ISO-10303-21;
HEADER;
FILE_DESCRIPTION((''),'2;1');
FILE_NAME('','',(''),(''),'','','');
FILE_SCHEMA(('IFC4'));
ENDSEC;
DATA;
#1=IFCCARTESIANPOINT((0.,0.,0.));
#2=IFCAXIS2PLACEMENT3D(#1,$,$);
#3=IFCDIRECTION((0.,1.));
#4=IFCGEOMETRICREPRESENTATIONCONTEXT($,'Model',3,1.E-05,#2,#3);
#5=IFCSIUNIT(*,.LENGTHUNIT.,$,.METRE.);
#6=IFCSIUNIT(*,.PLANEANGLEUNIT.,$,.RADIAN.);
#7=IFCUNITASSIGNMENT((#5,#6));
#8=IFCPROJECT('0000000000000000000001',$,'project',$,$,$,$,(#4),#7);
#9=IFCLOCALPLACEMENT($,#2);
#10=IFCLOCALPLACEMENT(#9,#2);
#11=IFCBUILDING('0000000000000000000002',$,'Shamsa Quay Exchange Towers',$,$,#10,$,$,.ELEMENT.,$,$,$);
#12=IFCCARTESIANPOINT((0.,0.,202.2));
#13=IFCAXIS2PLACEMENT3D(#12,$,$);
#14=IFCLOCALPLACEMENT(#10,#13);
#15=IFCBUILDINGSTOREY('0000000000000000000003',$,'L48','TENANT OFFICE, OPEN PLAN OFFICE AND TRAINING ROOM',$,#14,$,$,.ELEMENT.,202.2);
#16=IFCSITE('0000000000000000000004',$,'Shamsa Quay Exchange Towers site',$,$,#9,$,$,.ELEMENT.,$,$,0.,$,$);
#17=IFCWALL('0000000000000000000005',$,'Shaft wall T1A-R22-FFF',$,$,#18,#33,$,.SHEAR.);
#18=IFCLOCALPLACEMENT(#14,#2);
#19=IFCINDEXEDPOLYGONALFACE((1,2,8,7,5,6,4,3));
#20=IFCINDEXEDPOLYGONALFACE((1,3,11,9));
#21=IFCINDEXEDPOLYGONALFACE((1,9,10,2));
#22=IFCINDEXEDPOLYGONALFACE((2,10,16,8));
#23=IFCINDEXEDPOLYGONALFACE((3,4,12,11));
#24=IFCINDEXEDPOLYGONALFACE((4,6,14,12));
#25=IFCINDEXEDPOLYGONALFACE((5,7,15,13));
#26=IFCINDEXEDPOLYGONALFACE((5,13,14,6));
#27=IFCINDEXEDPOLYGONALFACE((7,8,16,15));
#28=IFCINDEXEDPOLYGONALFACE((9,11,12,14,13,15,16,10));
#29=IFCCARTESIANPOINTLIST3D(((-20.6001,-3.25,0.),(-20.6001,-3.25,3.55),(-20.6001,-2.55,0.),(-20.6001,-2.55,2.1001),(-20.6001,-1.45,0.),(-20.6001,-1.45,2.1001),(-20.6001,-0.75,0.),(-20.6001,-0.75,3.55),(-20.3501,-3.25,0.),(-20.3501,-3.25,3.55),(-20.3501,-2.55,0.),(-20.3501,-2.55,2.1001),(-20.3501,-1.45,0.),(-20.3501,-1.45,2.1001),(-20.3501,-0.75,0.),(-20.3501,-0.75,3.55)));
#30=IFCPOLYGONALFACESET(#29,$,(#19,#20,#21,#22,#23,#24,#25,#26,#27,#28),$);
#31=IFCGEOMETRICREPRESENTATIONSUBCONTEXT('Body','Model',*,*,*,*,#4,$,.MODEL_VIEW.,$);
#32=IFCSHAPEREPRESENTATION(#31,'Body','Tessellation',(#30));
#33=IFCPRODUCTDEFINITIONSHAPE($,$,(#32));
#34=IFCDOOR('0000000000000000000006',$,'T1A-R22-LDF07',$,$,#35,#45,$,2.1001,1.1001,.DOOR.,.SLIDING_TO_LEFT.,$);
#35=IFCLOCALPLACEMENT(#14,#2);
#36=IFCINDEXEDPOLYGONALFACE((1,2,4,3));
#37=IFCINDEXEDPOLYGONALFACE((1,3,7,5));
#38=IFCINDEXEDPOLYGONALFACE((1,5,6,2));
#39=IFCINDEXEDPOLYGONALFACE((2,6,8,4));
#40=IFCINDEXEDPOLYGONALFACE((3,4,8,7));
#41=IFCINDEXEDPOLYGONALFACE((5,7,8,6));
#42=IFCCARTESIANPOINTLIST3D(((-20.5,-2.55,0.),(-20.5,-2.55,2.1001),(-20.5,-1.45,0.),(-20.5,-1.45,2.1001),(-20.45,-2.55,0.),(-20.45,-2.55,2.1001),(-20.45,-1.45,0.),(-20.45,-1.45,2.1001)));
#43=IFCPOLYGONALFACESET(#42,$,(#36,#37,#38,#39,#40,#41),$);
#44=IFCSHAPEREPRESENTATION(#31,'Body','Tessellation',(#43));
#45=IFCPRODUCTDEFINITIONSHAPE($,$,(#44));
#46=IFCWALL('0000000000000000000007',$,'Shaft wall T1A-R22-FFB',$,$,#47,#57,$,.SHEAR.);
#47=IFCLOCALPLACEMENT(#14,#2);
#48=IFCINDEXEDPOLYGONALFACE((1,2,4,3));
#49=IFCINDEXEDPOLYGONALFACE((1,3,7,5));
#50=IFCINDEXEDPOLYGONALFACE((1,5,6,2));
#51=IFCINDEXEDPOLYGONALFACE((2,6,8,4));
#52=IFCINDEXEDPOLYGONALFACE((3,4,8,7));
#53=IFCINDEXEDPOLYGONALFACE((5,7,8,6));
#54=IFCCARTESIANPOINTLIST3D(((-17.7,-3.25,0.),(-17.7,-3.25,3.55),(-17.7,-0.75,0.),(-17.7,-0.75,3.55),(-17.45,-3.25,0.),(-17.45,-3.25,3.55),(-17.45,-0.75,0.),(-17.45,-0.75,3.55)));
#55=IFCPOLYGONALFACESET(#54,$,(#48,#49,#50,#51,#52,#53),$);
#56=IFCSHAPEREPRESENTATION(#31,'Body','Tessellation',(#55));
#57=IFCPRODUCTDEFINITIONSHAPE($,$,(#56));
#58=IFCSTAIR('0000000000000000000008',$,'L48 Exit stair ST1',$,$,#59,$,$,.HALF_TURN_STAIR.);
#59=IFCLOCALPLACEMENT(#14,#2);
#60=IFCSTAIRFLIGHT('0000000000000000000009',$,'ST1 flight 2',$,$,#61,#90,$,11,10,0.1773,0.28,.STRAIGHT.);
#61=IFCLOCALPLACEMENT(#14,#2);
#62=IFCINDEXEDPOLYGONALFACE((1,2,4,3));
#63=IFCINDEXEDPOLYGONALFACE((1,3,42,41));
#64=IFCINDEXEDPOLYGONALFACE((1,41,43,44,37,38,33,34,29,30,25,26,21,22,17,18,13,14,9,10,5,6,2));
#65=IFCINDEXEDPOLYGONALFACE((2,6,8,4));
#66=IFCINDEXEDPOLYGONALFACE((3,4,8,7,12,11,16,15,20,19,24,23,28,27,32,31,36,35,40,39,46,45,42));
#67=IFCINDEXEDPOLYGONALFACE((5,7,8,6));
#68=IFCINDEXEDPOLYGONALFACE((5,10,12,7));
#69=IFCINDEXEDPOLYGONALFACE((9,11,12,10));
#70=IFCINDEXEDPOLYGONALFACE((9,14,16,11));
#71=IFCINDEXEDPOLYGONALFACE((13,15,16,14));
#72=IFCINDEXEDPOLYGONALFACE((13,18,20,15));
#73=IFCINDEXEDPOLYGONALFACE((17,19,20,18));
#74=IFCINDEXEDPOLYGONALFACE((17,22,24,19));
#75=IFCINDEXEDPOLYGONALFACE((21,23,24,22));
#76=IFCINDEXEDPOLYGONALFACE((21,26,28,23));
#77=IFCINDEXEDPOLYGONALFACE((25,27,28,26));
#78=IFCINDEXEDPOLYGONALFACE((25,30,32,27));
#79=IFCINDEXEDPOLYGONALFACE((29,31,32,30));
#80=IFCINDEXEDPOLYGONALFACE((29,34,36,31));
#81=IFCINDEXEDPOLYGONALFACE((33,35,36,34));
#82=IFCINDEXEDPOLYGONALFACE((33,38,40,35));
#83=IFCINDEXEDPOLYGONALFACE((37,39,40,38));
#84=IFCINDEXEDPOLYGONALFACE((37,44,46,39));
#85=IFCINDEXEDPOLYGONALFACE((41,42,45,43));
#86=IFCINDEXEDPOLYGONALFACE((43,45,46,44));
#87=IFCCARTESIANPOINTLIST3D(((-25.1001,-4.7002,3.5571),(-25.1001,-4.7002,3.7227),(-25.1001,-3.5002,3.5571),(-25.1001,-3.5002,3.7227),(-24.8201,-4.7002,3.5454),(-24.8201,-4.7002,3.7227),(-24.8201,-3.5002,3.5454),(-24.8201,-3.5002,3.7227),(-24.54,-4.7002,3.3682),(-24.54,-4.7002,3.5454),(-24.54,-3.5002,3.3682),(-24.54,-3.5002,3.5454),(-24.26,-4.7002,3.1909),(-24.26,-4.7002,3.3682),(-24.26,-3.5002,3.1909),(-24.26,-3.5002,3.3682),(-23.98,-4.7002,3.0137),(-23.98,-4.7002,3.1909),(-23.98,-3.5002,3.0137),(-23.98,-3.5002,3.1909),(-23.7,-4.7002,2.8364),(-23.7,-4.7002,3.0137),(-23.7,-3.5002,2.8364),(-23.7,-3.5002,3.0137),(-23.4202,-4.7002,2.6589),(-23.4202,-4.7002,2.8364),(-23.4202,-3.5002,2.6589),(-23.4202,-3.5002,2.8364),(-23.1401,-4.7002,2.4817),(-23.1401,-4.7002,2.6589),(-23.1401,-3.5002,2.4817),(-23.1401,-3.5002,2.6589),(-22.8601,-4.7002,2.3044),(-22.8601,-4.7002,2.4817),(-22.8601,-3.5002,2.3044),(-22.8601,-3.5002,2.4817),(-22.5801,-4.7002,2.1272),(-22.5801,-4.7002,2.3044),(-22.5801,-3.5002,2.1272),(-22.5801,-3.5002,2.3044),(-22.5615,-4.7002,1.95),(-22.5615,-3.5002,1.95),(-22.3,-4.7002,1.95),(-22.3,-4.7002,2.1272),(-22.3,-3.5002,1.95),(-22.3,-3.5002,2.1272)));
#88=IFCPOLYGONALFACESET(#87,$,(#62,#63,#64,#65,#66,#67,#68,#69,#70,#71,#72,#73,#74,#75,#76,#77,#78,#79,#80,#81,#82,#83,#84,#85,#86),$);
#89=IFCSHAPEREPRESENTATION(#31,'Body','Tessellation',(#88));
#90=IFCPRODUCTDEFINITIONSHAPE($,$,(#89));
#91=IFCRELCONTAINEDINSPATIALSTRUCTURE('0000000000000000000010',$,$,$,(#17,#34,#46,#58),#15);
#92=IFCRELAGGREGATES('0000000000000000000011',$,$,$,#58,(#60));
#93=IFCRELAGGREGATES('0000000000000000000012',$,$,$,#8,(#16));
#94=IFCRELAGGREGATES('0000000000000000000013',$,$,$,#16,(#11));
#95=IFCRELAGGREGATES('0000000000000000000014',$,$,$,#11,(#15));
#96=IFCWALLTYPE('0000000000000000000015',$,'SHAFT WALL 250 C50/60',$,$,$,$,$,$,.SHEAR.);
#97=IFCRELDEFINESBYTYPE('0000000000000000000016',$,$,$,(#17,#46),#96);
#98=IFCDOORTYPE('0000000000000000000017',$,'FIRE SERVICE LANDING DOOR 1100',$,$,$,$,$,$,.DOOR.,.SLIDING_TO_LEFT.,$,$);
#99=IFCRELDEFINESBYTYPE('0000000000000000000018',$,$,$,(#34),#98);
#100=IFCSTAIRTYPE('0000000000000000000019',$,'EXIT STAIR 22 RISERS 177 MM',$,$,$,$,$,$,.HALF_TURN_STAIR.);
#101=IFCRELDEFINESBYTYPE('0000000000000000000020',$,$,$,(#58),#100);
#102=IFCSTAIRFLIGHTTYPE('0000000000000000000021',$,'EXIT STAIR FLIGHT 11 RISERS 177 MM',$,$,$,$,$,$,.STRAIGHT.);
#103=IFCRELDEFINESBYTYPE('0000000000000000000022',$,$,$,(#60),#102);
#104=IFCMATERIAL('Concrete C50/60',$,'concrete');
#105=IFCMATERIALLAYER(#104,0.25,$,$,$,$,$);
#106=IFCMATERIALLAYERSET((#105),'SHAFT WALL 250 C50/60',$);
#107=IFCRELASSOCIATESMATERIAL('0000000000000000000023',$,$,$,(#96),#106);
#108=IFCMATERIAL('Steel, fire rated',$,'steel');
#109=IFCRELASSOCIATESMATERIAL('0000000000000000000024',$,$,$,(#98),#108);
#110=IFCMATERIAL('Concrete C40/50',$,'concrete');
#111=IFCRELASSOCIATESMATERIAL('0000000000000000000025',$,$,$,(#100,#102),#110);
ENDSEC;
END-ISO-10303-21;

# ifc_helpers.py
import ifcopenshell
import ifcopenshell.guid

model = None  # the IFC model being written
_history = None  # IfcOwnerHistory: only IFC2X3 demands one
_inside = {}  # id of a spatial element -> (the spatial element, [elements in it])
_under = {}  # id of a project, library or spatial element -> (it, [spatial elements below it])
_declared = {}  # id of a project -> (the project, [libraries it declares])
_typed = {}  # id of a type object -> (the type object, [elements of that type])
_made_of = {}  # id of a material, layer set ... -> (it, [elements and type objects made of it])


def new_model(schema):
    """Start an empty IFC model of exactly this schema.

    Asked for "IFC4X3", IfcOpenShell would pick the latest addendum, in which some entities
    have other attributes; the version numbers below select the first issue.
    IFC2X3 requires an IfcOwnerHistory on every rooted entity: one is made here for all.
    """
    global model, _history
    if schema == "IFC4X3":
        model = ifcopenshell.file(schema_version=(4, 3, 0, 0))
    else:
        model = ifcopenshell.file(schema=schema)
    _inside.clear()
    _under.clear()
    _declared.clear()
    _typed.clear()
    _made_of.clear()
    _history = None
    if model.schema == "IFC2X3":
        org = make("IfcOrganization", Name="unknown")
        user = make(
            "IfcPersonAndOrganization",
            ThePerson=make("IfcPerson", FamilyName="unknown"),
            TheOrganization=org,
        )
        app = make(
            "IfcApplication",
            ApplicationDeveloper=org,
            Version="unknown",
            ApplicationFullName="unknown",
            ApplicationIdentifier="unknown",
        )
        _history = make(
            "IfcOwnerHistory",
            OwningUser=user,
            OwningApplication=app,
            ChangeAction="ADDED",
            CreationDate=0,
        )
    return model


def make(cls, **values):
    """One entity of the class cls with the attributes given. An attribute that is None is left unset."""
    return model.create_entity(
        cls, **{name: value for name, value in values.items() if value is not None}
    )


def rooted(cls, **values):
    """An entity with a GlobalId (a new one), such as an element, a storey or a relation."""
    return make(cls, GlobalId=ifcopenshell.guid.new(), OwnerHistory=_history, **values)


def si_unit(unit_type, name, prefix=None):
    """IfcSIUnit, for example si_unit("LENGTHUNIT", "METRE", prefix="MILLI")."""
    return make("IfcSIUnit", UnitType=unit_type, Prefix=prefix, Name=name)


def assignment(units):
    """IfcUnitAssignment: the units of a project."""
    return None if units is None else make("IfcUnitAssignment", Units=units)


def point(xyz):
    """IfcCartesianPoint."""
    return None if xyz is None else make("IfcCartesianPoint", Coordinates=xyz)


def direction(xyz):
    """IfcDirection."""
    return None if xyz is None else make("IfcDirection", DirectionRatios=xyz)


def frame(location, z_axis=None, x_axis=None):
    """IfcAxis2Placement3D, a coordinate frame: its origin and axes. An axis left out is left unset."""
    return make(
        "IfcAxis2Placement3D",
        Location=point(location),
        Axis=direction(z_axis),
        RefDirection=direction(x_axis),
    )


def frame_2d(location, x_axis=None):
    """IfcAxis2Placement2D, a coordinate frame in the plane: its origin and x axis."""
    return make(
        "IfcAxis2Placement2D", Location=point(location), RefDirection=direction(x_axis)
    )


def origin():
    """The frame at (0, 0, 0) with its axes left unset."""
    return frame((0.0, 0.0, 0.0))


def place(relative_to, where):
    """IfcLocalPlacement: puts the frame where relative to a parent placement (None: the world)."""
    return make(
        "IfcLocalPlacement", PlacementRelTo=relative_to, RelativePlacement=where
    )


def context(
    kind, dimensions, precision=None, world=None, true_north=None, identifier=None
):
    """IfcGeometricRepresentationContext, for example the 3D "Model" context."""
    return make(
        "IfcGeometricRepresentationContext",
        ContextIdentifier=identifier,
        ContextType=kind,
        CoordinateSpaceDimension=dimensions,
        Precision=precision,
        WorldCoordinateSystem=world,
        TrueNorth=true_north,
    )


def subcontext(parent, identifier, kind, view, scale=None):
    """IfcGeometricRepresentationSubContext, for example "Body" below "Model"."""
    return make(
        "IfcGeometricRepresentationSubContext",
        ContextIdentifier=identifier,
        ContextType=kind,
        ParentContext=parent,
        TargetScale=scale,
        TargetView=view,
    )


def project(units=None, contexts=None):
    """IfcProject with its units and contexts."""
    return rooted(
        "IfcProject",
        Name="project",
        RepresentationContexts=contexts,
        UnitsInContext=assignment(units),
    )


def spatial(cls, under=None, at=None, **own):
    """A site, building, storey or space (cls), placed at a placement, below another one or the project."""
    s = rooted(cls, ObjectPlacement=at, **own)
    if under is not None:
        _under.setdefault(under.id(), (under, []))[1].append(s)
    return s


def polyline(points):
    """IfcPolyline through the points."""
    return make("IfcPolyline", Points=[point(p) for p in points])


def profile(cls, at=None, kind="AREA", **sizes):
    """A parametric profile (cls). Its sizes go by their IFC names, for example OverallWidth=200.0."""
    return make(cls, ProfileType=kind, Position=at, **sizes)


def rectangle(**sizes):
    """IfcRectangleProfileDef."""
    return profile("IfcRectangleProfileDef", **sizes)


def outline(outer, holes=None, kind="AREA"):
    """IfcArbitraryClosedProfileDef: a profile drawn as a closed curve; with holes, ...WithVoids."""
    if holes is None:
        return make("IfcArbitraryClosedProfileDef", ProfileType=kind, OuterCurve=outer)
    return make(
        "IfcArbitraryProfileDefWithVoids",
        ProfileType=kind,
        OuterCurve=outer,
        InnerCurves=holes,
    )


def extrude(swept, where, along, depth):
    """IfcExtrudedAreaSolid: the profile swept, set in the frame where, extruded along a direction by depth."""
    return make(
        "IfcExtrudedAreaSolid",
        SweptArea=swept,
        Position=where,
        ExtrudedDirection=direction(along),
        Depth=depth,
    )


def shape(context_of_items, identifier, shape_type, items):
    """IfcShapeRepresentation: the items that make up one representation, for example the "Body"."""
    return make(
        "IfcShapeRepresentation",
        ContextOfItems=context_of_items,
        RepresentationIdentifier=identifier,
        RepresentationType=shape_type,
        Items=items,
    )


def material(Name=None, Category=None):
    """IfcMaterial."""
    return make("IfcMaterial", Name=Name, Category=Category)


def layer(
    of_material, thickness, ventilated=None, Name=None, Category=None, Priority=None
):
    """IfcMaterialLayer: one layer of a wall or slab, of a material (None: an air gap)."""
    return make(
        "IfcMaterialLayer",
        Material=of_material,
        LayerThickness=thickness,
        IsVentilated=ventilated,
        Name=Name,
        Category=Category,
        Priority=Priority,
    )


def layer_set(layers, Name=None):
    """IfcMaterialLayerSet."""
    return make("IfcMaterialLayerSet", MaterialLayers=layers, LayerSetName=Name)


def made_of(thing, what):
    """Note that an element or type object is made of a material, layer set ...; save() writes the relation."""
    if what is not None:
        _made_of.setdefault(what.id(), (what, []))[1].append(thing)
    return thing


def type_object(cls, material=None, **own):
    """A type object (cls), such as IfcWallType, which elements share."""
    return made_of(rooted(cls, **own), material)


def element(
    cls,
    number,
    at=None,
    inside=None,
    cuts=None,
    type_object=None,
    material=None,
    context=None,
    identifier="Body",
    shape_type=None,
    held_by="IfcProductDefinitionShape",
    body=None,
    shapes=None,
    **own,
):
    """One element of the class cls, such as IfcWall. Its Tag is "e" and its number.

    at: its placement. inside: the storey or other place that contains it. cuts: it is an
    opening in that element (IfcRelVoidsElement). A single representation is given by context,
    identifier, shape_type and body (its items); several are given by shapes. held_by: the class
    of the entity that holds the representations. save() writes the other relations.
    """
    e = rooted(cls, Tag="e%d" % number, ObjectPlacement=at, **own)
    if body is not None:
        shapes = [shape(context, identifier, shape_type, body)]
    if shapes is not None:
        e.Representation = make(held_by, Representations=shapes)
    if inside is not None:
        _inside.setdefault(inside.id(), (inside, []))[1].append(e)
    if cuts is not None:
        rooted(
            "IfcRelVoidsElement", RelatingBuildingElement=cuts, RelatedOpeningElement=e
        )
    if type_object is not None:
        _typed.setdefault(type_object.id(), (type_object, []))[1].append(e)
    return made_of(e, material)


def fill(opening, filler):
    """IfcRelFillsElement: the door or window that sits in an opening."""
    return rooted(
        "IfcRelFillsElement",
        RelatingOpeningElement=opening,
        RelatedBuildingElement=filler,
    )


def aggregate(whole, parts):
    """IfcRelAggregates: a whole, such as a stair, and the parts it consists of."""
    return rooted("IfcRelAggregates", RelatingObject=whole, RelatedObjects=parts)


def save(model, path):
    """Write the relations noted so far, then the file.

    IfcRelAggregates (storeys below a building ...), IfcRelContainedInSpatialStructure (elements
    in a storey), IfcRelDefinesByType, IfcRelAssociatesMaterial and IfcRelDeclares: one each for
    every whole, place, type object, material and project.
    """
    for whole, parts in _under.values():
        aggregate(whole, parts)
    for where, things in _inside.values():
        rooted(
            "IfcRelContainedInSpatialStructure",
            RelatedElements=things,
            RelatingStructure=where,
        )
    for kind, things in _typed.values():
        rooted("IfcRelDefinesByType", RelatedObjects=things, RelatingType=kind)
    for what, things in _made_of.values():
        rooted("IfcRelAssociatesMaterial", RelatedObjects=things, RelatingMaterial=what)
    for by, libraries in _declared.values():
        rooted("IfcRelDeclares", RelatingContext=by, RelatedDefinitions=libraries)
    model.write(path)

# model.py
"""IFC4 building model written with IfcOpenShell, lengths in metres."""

from ifc_helpers import new_model, si_unit, direction, frame, frame_2d, origin, place, context, subcontext, project, spatial, polyline, rectangle, outline, extrude, material, layer, layer_set, type_object, element, fill, aggregate, save


model = new_model("IFC4")

# Units and contexts
model_context = context("Model", 3, precision=1e-05, world=origin(), true_north=direction((0.0, 1.0)))
body_context = subcontext(model_context, "Body", "Model", "MODEL_VIEW")
ifc_project = project(units=[si_unit("LENGTHUNIT", "METRE"), si_unit("PLANEANGLEUNIT", "RADIAN")], contexts=[model_context])

# Site, building, storey
site_placement = place(None, origin())
site = spatial("IfcSite", under=ifc_project, at=site_placement, Name="Shamsa Quay Exchange Towers site", CompositionType="ELEMENT", RefElevation=0.0)
building_placement = place(site_placement, origin())
building = spatial("IfcBuilding", under=site, at=building_placement, Name="Shamsa Quay Exchange Towers", CompositionType="ELEMENT")
storey_placement = place(building_placement, frame((0.0, 0.0, 202.2)))
storey = spatial("IfcBuildingStorey", under=building, at=storey_placement, Name="L48", Description="TENANT OFFICE, OPEN PLAN OFFICE AND TRAINING ROOM", CompositionType="ELEMENT", Elevation=202.2)

# Shared definitions
ifc_material_1 = material(Name="Concrete C50/60", Category="concrete")
ifc_layer_1 = layer(ifc_material_1, 0.25)
ifc_layer_set_1 = layer_set([ifc_layer_1], Name="SHAFT WALL 250 C50/60")
wall_type_1 = type_object("IfcWallType", Name="SHAFT WALL 250 C50/60", PredefinedType="SHEAR", material=ifc_layer_set_1)
ifc_material_2 = material(Name="Steel, fire rated", Category="steel")

# Wall, opening, door
wall_1_placement = place(storey_placement, frame((-20.4751, -3.25, 0.0), z_axis=(0.0, 0.0, 1.0), x_axis=(0.0, 1.0, 0.0)))
wall_1 = element("IfcWall", 1, at=wall_1_placement, inside=storey, type_object=wall_type_1, Name="Shaft wall T1A-R22-FFF", PredefinedType="SHEAR", context=body_context, shape_type="SweptSolid", body=[
    extrude(rectangle(XDim=2.5, YDim=0.25, at=frame_2d((1.25, 0.0))), origin(), (0.0, 0.0, 1.0), 3.55),
])
opening_1_placement = place(wall_1_placement, frame((0.7, 0.0, 0.0)))
opening_1 = element("IfcOpeningElement", 2, at=opening_1_placement, cuts=wall_1, PredefinedType="OPENING", context=body_context, shape_type="SweptSolid", body=[
    extrude(rectangle(XDim=1.1001, YDim=2.1001, at=frame_2d((0.55, 1.05))), frame((0.0, 0.135, 0.0), z_axis=(0.0, -1.0, 0.0), x_axis=(1.0, 0.0, 0.0)), (0.0, 0.0, 1.0), 0.27),
])
door_type_1 = type_object("IfcDoorType", Name="FIRE SERVICE LANDING DOOR 1100", OperationType="SLIDING_TO_LEFT", PredefinedType="DOOR", material=ifc_material_2)
door_1_placement = place(opening_1_placement, origin())
door_1 = element("IfcDoor", 3, at=door_1_placement, inside=storey, type_object=door_type_1, Name="T1A-R22-LDF07", OperationType="SLIDING_TO_LEFT", OverallHeight=2.1001, OverallWidth=1.1001, PredefinedType="DOOR", context=body_context, shape_type="SweptSolid", body=[
    extrude(rectangle(XDim=1.1001, YDim=2.1001, at=frame_2d((0.55, 1.05))), frame((0.0, 0.0249, 0.0), z_axis=(0.0, -1.0, 0.0), x_axis=(1.0, 0.0, 0.0)), (0.0, 0.0, 1.0), 0.05),
])
fill(opening_1, door_1)

# Wall
wall_2_placement = place(storey_placement, frame((-17.575, -3.25, 0.0), z_axis=(0.0, 0.0, 1.0), x_axis=(0.0, 1.0, 0.0)))
element("IfcWall", 4, at=wall_2_placement, inside=storey, type_object=wall_type_1, Name="Shaft wall T1A-R22-FFB", PredefinedType="SHEAR", context=body_context, shape_type="SweptSolid", body=[
    extrude(rectangle(XDim=2.5, YDim=0.25, at=frame_2d((1.25, 0.0))), origin(), (0.0, 0.0, 1.0), 3.55),
])

# Stair, stair flight
ifc_material_3 = material(Name="Concrete C40/50", Category="concrete")
stair_type = type_object("IfcStairType", Name="EXIT STAIR 22 RISERS 177 MM", PredefinedType="HALF_TURN_STAIR", material=ifc_material_3)
stair_placement = place(storey_placement, origin())
stair = element("IfcStair", 5, at=stair_placement, inside=storey, type_object=stair_type, Name="L48 Exit stair ST1", PredefinedType="HALF_TURN_STAIR")
stair_flight_type = type_object("IfcStairFlightType", Name="EXIT STAIR FLIGHT 11 RISERS 177 MM", PredefinedType="STRAIGHT", material=ifc_material_3)
stair_flight_placement = place(storey_placement, frame((-22.3, -4.1001, 1.95), z_axis=(0.0, 0.0, 1.0), x_axis=(-1.0, 0.0, 0.0)))
stair_flight = element("IfcStairFlight", 6, at=stair_flight_placement, type_object=stair_flight_type, Name="ST1 flight 2", NumberOfRisers=11, NumberOfTreads=10, PredefinedType="STRAIGHT", RiserHeight=0.1773, TreadLength=0.28, context=body_context, shape_type="SweptSolid", body=[
    extrude(outline(polyline([(0.0, 0.0), (0.0, 0.1772), (0.28, 0.1772), (0.28, 0.3545), (0.5601, 0.3545), (0.5601, 0.5317), (0.8401, 0.5317), (0.8401, 0.709), (1.1201, 0.709), (1.1201, 0.8865), (1.3999, 0.8865), (1.3999, 1.0637), (1.6799, 1.0637), (1.6799, 1.241), (1.96, 1.241), (1.96, 1.4182), (2.24, 1.4182), (2.24, 1.5955), (2.52, 1.5955), (2.52, 1.7727), (2.8, 1.7727), (2.8, 1.95), (2.8, 1.6072), (0.2615, 0.0), (0.0, 0.0)])), frame((0.0, 0.6001, 0.0), z_axis=(0.0, -1.0, 0.0), x_axis=(1.0, 0.0, 0.0)), (0.0, 0.0, 1.0), 1.2),
])
aggregate(stair, [stair_flight])

save(model, "model.ifc")
